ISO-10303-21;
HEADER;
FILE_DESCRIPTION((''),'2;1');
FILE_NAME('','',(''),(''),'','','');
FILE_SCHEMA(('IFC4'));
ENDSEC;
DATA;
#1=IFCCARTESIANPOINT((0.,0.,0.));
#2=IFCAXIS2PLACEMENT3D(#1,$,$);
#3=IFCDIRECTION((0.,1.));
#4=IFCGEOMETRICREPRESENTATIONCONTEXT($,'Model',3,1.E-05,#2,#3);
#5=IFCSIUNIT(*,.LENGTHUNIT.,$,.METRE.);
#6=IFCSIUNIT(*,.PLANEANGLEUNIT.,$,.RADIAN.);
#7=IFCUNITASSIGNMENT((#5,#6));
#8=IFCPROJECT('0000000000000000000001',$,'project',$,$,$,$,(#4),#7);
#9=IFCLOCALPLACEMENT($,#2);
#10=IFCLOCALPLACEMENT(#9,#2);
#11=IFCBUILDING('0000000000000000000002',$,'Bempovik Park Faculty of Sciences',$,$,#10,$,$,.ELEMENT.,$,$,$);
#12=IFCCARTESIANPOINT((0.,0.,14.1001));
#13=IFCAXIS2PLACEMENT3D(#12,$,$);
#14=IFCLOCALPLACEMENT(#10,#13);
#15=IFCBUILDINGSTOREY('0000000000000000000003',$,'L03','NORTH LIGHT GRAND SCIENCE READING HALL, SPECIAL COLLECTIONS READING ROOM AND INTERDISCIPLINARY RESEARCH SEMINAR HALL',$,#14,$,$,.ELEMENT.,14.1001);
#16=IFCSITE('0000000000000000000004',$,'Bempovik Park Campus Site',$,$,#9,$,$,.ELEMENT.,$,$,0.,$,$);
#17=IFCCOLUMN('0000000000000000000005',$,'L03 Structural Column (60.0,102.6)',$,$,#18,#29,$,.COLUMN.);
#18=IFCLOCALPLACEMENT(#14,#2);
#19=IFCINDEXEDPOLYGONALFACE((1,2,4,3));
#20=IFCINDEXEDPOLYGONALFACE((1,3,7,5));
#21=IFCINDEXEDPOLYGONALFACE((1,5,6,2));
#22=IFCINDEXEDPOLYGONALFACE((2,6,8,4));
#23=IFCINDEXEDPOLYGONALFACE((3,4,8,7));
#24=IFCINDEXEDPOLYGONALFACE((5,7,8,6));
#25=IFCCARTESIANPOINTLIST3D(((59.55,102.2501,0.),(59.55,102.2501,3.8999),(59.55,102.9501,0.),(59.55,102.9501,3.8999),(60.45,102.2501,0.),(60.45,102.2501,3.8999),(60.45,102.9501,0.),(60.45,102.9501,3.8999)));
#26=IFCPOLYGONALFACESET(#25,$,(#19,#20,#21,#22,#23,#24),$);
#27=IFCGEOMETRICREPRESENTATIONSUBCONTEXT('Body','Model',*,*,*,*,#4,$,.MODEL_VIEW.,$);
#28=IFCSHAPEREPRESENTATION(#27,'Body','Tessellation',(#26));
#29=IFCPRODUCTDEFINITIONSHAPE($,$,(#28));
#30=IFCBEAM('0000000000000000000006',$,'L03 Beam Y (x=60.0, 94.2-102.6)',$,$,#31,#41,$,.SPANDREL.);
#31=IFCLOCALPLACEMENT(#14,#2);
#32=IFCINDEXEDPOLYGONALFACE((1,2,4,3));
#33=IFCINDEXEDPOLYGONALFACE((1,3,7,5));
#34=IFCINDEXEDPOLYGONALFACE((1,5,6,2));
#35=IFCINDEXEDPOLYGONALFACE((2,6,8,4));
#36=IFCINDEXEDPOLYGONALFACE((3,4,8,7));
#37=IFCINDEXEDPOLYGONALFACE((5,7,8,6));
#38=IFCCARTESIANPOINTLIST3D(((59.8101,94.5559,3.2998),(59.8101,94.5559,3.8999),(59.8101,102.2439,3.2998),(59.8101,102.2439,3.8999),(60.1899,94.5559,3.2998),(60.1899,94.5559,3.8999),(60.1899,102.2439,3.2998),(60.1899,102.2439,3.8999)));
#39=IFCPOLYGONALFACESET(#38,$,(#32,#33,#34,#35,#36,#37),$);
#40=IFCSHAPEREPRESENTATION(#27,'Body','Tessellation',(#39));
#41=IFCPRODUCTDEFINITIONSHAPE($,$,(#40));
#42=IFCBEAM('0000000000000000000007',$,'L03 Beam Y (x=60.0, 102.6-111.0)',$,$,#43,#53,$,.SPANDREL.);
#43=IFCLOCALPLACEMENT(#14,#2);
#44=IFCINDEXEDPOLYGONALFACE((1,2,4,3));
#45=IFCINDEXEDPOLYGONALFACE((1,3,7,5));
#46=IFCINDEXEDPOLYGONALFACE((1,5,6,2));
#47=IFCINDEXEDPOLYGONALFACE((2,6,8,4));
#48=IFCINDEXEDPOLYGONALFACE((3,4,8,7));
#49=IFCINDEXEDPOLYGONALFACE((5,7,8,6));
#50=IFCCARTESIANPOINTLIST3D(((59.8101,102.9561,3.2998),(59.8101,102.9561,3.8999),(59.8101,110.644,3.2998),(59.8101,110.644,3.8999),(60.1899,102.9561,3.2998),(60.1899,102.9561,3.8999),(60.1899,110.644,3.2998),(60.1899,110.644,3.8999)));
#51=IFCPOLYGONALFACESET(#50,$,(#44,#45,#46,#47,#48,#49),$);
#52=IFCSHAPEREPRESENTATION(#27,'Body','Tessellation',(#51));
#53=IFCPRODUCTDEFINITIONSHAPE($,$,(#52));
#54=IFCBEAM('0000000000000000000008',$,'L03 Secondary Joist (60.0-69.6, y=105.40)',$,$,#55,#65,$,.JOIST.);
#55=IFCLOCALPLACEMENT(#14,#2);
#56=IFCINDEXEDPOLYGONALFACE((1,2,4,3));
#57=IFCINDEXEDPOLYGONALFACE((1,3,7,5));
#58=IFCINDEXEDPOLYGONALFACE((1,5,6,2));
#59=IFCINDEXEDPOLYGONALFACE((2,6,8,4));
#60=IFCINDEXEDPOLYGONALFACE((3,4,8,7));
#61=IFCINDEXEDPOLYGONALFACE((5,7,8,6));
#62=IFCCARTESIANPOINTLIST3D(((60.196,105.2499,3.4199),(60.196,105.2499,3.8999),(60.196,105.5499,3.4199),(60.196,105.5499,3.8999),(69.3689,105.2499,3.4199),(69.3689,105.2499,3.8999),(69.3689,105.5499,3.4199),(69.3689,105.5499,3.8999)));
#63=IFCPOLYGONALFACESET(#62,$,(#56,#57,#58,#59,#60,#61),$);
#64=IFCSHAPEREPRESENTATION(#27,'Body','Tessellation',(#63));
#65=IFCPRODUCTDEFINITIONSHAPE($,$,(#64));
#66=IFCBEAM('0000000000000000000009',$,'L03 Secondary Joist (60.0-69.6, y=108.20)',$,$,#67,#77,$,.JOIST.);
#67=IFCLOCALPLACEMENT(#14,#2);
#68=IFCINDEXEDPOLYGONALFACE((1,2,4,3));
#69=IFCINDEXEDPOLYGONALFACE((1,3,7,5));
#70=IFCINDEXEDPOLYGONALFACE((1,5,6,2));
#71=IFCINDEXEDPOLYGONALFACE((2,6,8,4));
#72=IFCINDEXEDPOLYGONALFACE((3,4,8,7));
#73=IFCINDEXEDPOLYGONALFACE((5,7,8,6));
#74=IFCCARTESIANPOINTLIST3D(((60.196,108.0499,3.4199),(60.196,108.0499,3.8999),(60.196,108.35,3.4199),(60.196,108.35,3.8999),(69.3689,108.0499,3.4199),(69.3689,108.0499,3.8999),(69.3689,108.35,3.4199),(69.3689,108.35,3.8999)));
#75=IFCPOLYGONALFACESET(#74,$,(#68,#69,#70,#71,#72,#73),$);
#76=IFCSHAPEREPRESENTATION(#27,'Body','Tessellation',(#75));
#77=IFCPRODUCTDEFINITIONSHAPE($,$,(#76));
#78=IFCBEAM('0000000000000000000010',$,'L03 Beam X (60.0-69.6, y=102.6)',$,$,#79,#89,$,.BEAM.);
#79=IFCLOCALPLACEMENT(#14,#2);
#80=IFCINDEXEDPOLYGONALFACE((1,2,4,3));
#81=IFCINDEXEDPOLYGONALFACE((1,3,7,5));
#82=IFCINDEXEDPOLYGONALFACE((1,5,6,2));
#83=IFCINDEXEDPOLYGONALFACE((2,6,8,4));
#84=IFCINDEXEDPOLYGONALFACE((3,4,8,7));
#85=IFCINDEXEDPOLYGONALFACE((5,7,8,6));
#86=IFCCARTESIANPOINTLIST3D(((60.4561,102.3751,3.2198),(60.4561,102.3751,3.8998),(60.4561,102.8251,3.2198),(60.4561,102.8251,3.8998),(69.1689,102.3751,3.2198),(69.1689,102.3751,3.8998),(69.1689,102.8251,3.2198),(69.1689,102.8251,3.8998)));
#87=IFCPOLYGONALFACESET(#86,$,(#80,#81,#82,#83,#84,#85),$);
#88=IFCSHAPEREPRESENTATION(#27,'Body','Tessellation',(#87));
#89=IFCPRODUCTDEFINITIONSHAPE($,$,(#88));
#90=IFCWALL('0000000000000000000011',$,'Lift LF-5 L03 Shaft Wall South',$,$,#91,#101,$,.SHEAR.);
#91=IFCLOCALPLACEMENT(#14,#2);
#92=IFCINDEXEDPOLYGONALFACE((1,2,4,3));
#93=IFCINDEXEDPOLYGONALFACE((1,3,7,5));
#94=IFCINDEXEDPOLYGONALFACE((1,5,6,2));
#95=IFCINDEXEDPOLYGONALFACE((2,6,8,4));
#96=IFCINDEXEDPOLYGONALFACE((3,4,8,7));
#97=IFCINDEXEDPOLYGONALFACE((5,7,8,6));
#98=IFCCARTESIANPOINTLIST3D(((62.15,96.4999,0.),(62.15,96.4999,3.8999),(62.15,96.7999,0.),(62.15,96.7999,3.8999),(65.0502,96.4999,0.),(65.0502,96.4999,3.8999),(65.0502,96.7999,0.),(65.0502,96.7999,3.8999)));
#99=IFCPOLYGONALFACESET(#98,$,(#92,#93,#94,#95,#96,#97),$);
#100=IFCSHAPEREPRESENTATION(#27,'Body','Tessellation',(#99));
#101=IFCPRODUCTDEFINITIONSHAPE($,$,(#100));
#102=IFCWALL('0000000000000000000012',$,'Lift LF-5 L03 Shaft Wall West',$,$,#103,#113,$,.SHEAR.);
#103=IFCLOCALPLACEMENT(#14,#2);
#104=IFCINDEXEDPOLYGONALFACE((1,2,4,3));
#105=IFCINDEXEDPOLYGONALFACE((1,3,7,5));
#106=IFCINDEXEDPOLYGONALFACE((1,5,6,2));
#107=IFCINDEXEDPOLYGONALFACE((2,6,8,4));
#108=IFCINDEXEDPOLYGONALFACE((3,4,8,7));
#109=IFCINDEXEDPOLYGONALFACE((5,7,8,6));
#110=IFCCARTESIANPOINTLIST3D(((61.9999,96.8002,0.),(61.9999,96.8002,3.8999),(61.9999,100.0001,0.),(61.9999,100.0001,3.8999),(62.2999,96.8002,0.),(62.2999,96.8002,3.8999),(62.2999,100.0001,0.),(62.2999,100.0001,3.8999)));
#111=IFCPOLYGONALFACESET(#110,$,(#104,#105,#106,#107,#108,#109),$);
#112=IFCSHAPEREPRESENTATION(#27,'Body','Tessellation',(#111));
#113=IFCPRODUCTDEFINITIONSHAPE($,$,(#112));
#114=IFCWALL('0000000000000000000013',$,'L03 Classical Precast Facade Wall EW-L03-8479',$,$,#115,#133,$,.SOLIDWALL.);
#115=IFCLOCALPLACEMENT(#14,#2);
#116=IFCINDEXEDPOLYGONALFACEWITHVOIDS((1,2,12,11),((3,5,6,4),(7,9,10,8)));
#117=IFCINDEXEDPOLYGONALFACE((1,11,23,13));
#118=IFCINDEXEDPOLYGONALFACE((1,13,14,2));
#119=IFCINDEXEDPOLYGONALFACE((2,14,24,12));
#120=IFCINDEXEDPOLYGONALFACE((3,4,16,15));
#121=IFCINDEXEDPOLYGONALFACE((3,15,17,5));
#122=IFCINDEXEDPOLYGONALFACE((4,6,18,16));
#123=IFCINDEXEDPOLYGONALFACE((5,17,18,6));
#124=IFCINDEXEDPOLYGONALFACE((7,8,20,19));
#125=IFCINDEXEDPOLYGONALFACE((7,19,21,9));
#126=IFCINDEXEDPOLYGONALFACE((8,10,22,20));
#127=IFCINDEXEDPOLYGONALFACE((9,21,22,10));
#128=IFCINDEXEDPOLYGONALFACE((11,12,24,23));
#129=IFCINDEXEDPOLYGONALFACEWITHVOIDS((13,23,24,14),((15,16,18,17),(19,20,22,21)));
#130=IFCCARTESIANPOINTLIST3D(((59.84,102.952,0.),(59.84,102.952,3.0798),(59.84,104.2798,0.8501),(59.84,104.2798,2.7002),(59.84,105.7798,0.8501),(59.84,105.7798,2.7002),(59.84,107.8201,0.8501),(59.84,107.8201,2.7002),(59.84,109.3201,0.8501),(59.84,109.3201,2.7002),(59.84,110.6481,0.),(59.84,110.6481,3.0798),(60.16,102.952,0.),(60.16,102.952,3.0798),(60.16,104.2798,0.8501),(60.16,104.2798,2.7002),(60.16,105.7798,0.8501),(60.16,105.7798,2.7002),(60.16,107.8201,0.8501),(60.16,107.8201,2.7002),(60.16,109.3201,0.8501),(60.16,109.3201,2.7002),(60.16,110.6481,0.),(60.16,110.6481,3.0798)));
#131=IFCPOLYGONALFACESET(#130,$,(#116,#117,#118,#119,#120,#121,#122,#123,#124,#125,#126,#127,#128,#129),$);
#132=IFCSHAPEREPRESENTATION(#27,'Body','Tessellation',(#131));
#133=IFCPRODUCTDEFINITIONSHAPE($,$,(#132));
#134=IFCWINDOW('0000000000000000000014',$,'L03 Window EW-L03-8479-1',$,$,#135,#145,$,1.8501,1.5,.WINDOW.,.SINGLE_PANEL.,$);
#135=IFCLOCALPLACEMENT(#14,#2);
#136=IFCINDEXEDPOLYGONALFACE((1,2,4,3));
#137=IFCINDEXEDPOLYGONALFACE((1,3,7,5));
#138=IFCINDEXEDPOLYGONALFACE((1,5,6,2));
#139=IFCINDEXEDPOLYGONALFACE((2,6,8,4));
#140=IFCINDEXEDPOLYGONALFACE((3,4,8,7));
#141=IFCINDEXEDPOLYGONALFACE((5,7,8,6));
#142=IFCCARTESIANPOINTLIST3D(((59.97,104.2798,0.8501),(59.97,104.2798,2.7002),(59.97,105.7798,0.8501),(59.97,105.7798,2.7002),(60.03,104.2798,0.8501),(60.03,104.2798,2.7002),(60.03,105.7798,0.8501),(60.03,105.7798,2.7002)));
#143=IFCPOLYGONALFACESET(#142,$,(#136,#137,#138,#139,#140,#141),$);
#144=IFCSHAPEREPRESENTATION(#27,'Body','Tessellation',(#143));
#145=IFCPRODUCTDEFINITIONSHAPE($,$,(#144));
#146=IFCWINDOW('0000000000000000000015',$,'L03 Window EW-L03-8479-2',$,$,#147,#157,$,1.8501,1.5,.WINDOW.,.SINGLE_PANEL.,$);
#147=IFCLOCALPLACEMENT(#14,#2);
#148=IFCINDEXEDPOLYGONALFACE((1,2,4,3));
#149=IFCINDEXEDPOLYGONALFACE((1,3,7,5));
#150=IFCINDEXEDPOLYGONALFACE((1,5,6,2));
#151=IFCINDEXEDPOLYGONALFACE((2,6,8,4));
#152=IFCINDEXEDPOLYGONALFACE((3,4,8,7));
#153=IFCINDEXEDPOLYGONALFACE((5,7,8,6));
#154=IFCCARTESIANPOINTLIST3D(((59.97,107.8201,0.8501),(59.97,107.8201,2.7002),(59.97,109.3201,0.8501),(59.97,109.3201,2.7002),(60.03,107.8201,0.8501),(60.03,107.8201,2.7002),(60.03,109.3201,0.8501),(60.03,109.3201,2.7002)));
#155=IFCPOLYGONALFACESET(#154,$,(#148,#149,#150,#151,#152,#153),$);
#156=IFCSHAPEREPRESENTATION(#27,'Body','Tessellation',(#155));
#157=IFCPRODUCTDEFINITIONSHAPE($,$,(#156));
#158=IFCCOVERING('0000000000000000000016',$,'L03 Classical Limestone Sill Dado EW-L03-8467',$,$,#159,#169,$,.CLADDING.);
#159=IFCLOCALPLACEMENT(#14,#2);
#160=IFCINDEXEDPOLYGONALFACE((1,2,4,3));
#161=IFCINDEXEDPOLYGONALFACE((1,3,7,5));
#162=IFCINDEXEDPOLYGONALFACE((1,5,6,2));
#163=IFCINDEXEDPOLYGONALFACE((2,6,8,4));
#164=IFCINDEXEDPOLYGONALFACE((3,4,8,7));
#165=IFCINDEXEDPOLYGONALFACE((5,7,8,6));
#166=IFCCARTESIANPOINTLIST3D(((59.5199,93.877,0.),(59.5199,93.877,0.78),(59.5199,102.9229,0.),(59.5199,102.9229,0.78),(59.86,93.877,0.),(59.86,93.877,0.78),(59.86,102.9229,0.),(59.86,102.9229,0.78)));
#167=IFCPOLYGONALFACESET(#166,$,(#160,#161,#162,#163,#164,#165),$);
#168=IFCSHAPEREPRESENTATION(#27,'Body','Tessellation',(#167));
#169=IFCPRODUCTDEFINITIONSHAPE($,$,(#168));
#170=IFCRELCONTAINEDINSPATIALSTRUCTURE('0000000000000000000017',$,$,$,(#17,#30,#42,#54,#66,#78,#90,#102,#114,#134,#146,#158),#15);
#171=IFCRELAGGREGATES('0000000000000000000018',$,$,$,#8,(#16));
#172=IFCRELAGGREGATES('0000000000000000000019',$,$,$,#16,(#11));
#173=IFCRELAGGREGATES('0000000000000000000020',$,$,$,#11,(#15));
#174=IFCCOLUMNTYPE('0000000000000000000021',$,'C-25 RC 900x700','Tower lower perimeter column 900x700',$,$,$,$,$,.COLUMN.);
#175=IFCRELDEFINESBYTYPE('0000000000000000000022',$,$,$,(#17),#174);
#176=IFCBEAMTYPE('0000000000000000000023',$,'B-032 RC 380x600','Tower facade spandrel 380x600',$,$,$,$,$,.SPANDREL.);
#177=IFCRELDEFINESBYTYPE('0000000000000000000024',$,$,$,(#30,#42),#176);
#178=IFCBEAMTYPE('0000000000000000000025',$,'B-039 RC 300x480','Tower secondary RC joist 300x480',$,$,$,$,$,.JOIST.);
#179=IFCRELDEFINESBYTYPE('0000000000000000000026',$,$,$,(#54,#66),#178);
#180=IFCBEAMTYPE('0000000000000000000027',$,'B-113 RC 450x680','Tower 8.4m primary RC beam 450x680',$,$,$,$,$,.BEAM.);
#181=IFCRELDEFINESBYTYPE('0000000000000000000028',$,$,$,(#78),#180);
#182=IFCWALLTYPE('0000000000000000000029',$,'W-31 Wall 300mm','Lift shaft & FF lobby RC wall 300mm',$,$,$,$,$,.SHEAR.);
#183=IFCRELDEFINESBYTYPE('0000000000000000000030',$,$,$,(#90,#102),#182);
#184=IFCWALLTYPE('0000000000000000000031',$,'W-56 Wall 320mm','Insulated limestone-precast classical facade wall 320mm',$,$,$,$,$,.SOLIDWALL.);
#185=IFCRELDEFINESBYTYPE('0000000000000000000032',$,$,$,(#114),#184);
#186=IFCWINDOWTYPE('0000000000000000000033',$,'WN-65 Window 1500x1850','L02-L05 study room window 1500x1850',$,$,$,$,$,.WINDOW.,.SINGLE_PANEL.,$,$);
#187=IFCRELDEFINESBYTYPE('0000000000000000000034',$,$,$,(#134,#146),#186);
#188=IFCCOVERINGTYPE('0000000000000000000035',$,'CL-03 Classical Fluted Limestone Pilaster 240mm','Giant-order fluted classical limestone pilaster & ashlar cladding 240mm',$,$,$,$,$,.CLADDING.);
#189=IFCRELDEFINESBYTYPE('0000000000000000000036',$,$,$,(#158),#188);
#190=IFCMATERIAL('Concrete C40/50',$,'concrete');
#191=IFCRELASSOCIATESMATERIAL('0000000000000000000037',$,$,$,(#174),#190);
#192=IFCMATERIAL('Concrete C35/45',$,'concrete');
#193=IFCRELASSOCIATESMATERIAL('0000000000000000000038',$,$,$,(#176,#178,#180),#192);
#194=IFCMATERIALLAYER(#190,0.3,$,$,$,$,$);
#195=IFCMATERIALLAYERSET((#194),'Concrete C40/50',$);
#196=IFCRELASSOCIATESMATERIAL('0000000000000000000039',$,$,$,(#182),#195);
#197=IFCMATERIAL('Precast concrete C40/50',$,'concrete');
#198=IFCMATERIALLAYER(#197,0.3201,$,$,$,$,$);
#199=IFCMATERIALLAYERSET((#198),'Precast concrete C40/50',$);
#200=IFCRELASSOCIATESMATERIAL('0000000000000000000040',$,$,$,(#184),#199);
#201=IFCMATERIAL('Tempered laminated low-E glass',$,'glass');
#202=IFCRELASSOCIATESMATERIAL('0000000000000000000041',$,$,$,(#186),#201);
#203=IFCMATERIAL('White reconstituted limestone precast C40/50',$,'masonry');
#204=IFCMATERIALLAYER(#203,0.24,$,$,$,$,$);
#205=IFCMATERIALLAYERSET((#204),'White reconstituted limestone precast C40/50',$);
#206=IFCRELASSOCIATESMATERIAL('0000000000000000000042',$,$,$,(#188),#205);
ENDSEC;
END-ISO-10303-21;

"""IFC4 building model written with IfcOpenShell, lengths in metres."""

from ifc_helpers import new_model, si_unit, direction, frame, frame_2d, origin, origin_2d, place, context, subcontext, project, spatial, rectangle, extrude, material, layer, layer_set, material_profile, profile_set, type_object, element, fill, save


model = new_model("IFC4")

# Units and contexts
model_context = context("Model", 3, precision=1e-05, world=origin(), true_north=direction((0.0, 1.0)))
body_context = subcontext(model_context, "Body", "Model", "MODEL_VIEW")
ifc_project = project(units=[si_unit("LENGTHUNIT", "METRE"), si_unit("PLANEANGLEUNIT", "RADIAN")], contexts=[model_context])

# Site, building, storey
site_placement = place(None, origin())
site = spatial("IfcSite", under=ifc_project, at=site_placement, Name="Bempovik Park Campus Site", CompositionType="ELEMENT", RefElevation=0.0)
building_placement = place(site_placement, origin())
building = spatial("IfcBuilding", under=site, at=building_placement, Name="Bempovik Park Faculty of Sciences", CompositionType="ELEMENT")
storey_placement = place(building_placement, frame((0.0, 0.0, 14.1001)))
storey = spatial("IfcBuildingStorey", under=building, at=storey_placement, Name="L03", Description="NORTH LIGHT GRAND SCIENCE READING HALL, SPECIAL COLLECTIONS READING ROOM AND INTERDISCIPLINARY RESEARCH SEMINAR HALL", CompositionType="ELEMENT", Elevation=14.1001)

# Column
ifc_material_1 = material(Name="Concrete C40/50", Category="concrete")
ifc_material_profile_1 = material_profile(ifc_material_1, rectangle(XDim=0.8999, YDim=0.7, at=origin_2d()), Name="RC 900x700")
ifc_profile_set_1 = profile_set([ifc_material_profile_1], Name="Concrete C40/50")
column_type = type_object("IfcColumnType", Name="C-25 RC 900x700", Description="Tower lower perimeter column 900x700", PredefinedType="COLUMN", material=ifc_profile_set_1)
column_placement = place(storey_placement, frame((60.0, 102.6001, 0.0), z_axis=(0.0, 0.0, 1.0), x_axis=(1.0, 0.0, 0.0)))
element("IfcColumn", 1, at=column_placement, inside=storey, type_object=column_type, Name="L03 Structural Column (60.0,102.6)", PredefinedType="COLUMN", context=body_context, shape_type="SweptSolid", body=[
    extrude(rectangle(XDim=0.8999, YDim=0.7, at=origin_2d()), origin(), (0.0, 0.0, 1.0), 3.8999),
])

# Beams
ifc_material_2 = material(Name="Concrete C35/45", Category="concrete")
ifc_material_profile_2 = material_profile(ifc_material_2, rectangle(XDim=0.3799, YDim=0.6001, at=origin_2d()), Name="RC 380x600")
ifc_profile_set_2 = profile_set([ifc_material_profile_2], Name="Concrete C35/45")
beam_type_1 = type_object("IfcBeamType", Name="B-032 RC 380x600", Description="Tower facade spandrel 380x600", PredefinedType="SPANDREL", material=ifc_profile_set_2)
for number, where, z_axis, x_axis, name in (
    (2, (60.0, 94.5559, 3.5999), (0.0, 1.0, 0.0), (-1.0, 0.0, 0.0), "L03 Beam Y (x=60.0, 94.2-102.6)"),
    (3, (60.0, 102.9561, 3.5999), (0.0, 1.0, 0.0), (-1.0, 0.0, 0.0), "L03 Beam Y (x=60.0, 102.6-111.0)"),
):
    element("IfcBeam", number, at=place(storey_placement, frame(where, z_axis=z_axis, x_axis=x_axis)), inside=storey, type_object=beam_type_1, Name=name, PredefinedType="SPANDREL", context=body_context, shape_type="SweptSolid", body=[
        extrude(rectangle(XDim=0.3799, YDim=0.6001, at=origin_2d()), origin(), (0.0, 0.0, 1.0), 7.688),
    ])
ifc_material_profile_3 = material_profile(ifc_material_2, rectangle(XDim=0.3, YDim=0.48, at=origin_2d()), Name="RC 300x480")
ifc_profile_set_3 = profile_set([ifc_material_profile_3], Name="Concrete C35/45")
beam_type_2 = type_object("IfcBeamType", Name="B-039 RC 300x480", Description="Tower secondary RC joist 300x480", PredefinedType="JOIST", material=ifc_profile_set_3)
for number, where, z_axis, x_axis, name in (
    (4, (60.196, 105.3999, 3.6599), (1.0, 0.0, 0.0), (0.0, 1.0, 0.0), "L03 Secondary Joist (60.0-69.6, y=105.40)"),
    (5, (60.196, 108.2, 3.6599), (1.0, 0.0, 0.0), (0.0, 1.0, 0.0), "L03 Secondary Joist (60.0-69.6, y=108.20)"),
):
    element("IfcBeam", number, at=place(storey_placement, frame(where, z_axis=z_axis, x_axis=x_axis)), inside=storey, type_object=beam_type_2, Name=name, PredefinedType="JOIST", context=body_context, shape_type="SweptSolid", body=[
        extrude(rectangle(XDim=0.3, YDim=0.48, at=origin_2d()), origin(), (0.0, 0.0, 1.0), 9.1729),
    ])
ifc_material_profile_4 = material_profile(ifc_material_2, rectangle(XDim=0.45, YDim=0.6799, at=origin_2d()), Name="RC 450x680")
ifc_profile_set_4 = profile_set([ifc_material_profile_4], Name="Concrete C35/45")
beam_type_3 = type_object("IfcBeamType", Name="B-113 RC 450x680", Description="Tower 8.4m primary RC beam 450x680", PredefinedType="BEAM", material=ifc_profile_set_4)
beam_placement = place(storey_placement, frame((60.4561, 102.6001, 3.5598), z_axis=(1.0, 0.0, 0.0), x_axis=(0.0, 1.0, 0.0)))
element("IfcBeam", 6, at=beam_placement, inside=storey, type_object=beam_type_3, Name="L03 Beam X (60.0-69.6, y=102.6)", PredefinedType="BEAM", context=body_context, shape_type="SweptSolid", body=[
    extrude(rectangle(XDim=0.45, YDim=0.6799, at=origin_2d()), origin(), (0.0, 0.0, 1.0), 8.7129),
])

# Walls
ifc_layer_1 = layer(ifc_material_1, 0.3)
ifc_layer_set_1 = layer_set([ifc_layer_1], Name="Concrete C40/50")
wall_type_1 = type_object("IfcWallType", Name="W-31 Wall 300mm", Description="Lift shaft & FF lobby RC wall 300mm", PredefinedType="SHEAR", material=ifc_layer_set_1)
wall_1_placement = place(storey_placement, frame((62.1499, 96.6499, 0.0), z_axis=(0.0, 0.0, 1.0), x_axis=(1.0, 0.0, 0.0)))
element("IfcWall", 7, at=wall_1_placement, inside=storey, type_object=wall_type_1, Name="Lift LF-5 L03 Shaft Wall South", PredefinedType="SHEAR", context=body_context, shape_type="SweptSolid", body=[
    extrude(rectangle(XDim=2.9001, YDim=0.3, at=frame_2d((1.4502, 0.0))), origin(), (0.0, 0.0, 1.0), 3.8999),
])
wall_2_placement = place(storey_placement, frame((62.1499, 96.8, 0.0), z_axis=(0.0, 0.0, 1.0), x_axis=(0.0, 1.0, 0.0)))
element("IfcWall", 8, at=wall_2_placement, inside=storey, type_object=wall_type_1, Name="Lift LF-5 L03 Shaft Wall West", PredefinedType="SHEAR", context=body_context, shape_type="SweptSolid", body=[
    extrude(rectangle(XDim=3.2, YDim=0.3, at=frame_2d((1.6001, 0.0))), origin(), (0.0, 0.0, 1.0), 3.8999),
])

# Wall, openings, windows
ifc_material_3 = material(Name="Precast concrete C40/50", Category="concrete")
ifc_layer_2 = layer(ifc_material_3, 0.3201)
ifc_layer_set_2 = layer_set([ifc_layer_2], Name="Precast concrete C40/50")
wall_type_2 = type_object("IfcWallType", Name="W-56 Wall 320mm", Description="Insulated limestone-precast classical facade wall 320mm", PredefinedType="SOLIDWALL", material=ifc_layer_set_2)
wall_3_placement = place(storey_placement, frame((60.0, 102.9519, 0.0), z_axis=(0.0, 0.0, 1.0), x_axis=(0.0, 1.0, 0.0)))
wall_3 = element("IfcWall", 9, at=wall_3_placement, inside=storey, type_object=wall_type_2, Name="L03 Classical Precast Facade Wall EW-L03-8479", PredefinedType="SOLIDWALL", context=body_context, shape_type="SweptSolid", body=[
    extrude(rectangle(XDim=7.696, YDim=0.3201, at=frame_2d((3.8481, 0.0))), origin(), (0.0, 0.0, 1.0), 3.0798),
])
opening_1_placement = place(wall_3_placement, frame((1.3279, 0.0, 0.8501)))
opening_1 = element("IfcOpeningElement", 10, at=opening_1_placement, cuts=wall_3, PredefinedType="OPENING", context=body_context, shape_type="SweptSolid", body=[
    extrude(rectangle(XDim=1.5, YDim=1.8501, at=frame_2d((0.75, 0.925))), frame((0.0, 0.1699, 0.0), z_axis=(0.0, -1.0, 0.0), x_axis=(1.0, 0.0, 0.0)), (0.0, 0.0, 1.0), 0.3401),
])
opening_2_placement = place(wall_3_placement, frame((4.8682, 0.0, 0.8501)))
opening_2 = element("IfcOpeningElement", 11, at=opening_2_placement, cuts=wall_3, PredefinedType="OPENING", context=body_context, shape_type="SweptSolid", body=[
    extrude(rectangle(XDim=1.5, YDim=1.8501, at=frame_2d((0.75, 0.925))), frame((0.0, 0.1699, 0.0), z_axis=(0.0, -1.0, 0.0), x_axis=(1.0, 0.0, 0.0)), (0.0, 0.0, 1.0), 0.3401),
])
ifc_material_4 = material(Name="Tempered laminated low-E glass", Category="glass")
window_type = type_object("IfcWindowType", Name="WN-65 Window 1500x1850", Description="L02-L05 study room window 1500x1850", PartitioningType="SINGLE_PANEL", PredefinedType="WINDOW", material=ifc_material_4)
window_1_placement = place(opening_1_placement, origin())
window_1 = element("IfcWindow", 12, at=window_1_placement, inside=storey, type_object=window_type, Name="L03 Window EW-L03-8479-1", OverallHeight=1.8501, OverallWidth=1.5, PartitioningType="SINGLE_PANEL", PredefinedType="WINDOW", context=body_context, shape_type="SweptSolid", body=[
    extrude(rectangle(XDim=1.5, YDim=1.8501, at=frame_2d((0.75, 0.925))), frame((0.0, 0.03, 0.0), z_axis=(0.0, -1.0, 0.0), x_axis=(1.0, 0.0, 0.0)), (0.0, 0.0, 1.0), 0.0601),
])
fill(opening_1, window_1)
window_2_placement = place(opening_2_placement, origin())
window_2 = element("IfcWindow", 13, at=window_2_placement, inside=storey, type_object=window_type, Name="L03 Window EW-L03-8479-2", OverallHeight=1.8501, OverallWidth=1.5, PartitioningType="SINGLE_PANEL", PredefinedType="WINDOW", context=body_context, shape_type="SweptSolid", body=[
    extrude(rectangle(XDim=1.5, YDim=1.8501, at=frame_2d((0.75, 0.925))), frame((0.0, 0.03, 0.0), z_axis=(0.0, -1.0, 0.0), x_axis=(1.0, 0.0, 0.0)), (0.0, 0.0, 1.0), 0.0601),
])
fill(opening_2, window_2)

# Covering
ifc_material_5 = material(Name="White reconstituted limestone precast C40/50", Category="masonry")
ifc_layer_3 = layer(ifc_material_5, 0.24)
ifc_layer_set_3 = layer_set([ifc_layer_3], Name="White reconstituted limestone precast C40/50")
covering_type = type_object("IfcCoveringType", Name="CL-03 Classical Fluted Limestone Pilaster 240mm", Description="Giant-order fluted classical limestone pilaster & ashlar cladding 240mm", PredefinedType="CLADDING", material=ifc_layer_set_3)
covering_1_placement = place(storey_placement, frame((59.6899, 98.3999, 0.0), z_axis=(0.0, 0.0, 1.0), x_axis=(1.0, 0.0, 0.0)))
element("IfcCovering", 14, at=covering_1_placement, inside=storey, type_object=covering_type, Name="L03 Classical Limestone Sill Dado EW-L03-8467", PredefinedType="CLADDING", context=body_context, shape_type="SweptSolid", body=[
    extrude(rectangle(XDim=0.3401, YDim=9.0459, at=origin_2d()), origin(), (0.0, 0.0, 1.0), 0.78),
])

save(model, "model.ifc")
